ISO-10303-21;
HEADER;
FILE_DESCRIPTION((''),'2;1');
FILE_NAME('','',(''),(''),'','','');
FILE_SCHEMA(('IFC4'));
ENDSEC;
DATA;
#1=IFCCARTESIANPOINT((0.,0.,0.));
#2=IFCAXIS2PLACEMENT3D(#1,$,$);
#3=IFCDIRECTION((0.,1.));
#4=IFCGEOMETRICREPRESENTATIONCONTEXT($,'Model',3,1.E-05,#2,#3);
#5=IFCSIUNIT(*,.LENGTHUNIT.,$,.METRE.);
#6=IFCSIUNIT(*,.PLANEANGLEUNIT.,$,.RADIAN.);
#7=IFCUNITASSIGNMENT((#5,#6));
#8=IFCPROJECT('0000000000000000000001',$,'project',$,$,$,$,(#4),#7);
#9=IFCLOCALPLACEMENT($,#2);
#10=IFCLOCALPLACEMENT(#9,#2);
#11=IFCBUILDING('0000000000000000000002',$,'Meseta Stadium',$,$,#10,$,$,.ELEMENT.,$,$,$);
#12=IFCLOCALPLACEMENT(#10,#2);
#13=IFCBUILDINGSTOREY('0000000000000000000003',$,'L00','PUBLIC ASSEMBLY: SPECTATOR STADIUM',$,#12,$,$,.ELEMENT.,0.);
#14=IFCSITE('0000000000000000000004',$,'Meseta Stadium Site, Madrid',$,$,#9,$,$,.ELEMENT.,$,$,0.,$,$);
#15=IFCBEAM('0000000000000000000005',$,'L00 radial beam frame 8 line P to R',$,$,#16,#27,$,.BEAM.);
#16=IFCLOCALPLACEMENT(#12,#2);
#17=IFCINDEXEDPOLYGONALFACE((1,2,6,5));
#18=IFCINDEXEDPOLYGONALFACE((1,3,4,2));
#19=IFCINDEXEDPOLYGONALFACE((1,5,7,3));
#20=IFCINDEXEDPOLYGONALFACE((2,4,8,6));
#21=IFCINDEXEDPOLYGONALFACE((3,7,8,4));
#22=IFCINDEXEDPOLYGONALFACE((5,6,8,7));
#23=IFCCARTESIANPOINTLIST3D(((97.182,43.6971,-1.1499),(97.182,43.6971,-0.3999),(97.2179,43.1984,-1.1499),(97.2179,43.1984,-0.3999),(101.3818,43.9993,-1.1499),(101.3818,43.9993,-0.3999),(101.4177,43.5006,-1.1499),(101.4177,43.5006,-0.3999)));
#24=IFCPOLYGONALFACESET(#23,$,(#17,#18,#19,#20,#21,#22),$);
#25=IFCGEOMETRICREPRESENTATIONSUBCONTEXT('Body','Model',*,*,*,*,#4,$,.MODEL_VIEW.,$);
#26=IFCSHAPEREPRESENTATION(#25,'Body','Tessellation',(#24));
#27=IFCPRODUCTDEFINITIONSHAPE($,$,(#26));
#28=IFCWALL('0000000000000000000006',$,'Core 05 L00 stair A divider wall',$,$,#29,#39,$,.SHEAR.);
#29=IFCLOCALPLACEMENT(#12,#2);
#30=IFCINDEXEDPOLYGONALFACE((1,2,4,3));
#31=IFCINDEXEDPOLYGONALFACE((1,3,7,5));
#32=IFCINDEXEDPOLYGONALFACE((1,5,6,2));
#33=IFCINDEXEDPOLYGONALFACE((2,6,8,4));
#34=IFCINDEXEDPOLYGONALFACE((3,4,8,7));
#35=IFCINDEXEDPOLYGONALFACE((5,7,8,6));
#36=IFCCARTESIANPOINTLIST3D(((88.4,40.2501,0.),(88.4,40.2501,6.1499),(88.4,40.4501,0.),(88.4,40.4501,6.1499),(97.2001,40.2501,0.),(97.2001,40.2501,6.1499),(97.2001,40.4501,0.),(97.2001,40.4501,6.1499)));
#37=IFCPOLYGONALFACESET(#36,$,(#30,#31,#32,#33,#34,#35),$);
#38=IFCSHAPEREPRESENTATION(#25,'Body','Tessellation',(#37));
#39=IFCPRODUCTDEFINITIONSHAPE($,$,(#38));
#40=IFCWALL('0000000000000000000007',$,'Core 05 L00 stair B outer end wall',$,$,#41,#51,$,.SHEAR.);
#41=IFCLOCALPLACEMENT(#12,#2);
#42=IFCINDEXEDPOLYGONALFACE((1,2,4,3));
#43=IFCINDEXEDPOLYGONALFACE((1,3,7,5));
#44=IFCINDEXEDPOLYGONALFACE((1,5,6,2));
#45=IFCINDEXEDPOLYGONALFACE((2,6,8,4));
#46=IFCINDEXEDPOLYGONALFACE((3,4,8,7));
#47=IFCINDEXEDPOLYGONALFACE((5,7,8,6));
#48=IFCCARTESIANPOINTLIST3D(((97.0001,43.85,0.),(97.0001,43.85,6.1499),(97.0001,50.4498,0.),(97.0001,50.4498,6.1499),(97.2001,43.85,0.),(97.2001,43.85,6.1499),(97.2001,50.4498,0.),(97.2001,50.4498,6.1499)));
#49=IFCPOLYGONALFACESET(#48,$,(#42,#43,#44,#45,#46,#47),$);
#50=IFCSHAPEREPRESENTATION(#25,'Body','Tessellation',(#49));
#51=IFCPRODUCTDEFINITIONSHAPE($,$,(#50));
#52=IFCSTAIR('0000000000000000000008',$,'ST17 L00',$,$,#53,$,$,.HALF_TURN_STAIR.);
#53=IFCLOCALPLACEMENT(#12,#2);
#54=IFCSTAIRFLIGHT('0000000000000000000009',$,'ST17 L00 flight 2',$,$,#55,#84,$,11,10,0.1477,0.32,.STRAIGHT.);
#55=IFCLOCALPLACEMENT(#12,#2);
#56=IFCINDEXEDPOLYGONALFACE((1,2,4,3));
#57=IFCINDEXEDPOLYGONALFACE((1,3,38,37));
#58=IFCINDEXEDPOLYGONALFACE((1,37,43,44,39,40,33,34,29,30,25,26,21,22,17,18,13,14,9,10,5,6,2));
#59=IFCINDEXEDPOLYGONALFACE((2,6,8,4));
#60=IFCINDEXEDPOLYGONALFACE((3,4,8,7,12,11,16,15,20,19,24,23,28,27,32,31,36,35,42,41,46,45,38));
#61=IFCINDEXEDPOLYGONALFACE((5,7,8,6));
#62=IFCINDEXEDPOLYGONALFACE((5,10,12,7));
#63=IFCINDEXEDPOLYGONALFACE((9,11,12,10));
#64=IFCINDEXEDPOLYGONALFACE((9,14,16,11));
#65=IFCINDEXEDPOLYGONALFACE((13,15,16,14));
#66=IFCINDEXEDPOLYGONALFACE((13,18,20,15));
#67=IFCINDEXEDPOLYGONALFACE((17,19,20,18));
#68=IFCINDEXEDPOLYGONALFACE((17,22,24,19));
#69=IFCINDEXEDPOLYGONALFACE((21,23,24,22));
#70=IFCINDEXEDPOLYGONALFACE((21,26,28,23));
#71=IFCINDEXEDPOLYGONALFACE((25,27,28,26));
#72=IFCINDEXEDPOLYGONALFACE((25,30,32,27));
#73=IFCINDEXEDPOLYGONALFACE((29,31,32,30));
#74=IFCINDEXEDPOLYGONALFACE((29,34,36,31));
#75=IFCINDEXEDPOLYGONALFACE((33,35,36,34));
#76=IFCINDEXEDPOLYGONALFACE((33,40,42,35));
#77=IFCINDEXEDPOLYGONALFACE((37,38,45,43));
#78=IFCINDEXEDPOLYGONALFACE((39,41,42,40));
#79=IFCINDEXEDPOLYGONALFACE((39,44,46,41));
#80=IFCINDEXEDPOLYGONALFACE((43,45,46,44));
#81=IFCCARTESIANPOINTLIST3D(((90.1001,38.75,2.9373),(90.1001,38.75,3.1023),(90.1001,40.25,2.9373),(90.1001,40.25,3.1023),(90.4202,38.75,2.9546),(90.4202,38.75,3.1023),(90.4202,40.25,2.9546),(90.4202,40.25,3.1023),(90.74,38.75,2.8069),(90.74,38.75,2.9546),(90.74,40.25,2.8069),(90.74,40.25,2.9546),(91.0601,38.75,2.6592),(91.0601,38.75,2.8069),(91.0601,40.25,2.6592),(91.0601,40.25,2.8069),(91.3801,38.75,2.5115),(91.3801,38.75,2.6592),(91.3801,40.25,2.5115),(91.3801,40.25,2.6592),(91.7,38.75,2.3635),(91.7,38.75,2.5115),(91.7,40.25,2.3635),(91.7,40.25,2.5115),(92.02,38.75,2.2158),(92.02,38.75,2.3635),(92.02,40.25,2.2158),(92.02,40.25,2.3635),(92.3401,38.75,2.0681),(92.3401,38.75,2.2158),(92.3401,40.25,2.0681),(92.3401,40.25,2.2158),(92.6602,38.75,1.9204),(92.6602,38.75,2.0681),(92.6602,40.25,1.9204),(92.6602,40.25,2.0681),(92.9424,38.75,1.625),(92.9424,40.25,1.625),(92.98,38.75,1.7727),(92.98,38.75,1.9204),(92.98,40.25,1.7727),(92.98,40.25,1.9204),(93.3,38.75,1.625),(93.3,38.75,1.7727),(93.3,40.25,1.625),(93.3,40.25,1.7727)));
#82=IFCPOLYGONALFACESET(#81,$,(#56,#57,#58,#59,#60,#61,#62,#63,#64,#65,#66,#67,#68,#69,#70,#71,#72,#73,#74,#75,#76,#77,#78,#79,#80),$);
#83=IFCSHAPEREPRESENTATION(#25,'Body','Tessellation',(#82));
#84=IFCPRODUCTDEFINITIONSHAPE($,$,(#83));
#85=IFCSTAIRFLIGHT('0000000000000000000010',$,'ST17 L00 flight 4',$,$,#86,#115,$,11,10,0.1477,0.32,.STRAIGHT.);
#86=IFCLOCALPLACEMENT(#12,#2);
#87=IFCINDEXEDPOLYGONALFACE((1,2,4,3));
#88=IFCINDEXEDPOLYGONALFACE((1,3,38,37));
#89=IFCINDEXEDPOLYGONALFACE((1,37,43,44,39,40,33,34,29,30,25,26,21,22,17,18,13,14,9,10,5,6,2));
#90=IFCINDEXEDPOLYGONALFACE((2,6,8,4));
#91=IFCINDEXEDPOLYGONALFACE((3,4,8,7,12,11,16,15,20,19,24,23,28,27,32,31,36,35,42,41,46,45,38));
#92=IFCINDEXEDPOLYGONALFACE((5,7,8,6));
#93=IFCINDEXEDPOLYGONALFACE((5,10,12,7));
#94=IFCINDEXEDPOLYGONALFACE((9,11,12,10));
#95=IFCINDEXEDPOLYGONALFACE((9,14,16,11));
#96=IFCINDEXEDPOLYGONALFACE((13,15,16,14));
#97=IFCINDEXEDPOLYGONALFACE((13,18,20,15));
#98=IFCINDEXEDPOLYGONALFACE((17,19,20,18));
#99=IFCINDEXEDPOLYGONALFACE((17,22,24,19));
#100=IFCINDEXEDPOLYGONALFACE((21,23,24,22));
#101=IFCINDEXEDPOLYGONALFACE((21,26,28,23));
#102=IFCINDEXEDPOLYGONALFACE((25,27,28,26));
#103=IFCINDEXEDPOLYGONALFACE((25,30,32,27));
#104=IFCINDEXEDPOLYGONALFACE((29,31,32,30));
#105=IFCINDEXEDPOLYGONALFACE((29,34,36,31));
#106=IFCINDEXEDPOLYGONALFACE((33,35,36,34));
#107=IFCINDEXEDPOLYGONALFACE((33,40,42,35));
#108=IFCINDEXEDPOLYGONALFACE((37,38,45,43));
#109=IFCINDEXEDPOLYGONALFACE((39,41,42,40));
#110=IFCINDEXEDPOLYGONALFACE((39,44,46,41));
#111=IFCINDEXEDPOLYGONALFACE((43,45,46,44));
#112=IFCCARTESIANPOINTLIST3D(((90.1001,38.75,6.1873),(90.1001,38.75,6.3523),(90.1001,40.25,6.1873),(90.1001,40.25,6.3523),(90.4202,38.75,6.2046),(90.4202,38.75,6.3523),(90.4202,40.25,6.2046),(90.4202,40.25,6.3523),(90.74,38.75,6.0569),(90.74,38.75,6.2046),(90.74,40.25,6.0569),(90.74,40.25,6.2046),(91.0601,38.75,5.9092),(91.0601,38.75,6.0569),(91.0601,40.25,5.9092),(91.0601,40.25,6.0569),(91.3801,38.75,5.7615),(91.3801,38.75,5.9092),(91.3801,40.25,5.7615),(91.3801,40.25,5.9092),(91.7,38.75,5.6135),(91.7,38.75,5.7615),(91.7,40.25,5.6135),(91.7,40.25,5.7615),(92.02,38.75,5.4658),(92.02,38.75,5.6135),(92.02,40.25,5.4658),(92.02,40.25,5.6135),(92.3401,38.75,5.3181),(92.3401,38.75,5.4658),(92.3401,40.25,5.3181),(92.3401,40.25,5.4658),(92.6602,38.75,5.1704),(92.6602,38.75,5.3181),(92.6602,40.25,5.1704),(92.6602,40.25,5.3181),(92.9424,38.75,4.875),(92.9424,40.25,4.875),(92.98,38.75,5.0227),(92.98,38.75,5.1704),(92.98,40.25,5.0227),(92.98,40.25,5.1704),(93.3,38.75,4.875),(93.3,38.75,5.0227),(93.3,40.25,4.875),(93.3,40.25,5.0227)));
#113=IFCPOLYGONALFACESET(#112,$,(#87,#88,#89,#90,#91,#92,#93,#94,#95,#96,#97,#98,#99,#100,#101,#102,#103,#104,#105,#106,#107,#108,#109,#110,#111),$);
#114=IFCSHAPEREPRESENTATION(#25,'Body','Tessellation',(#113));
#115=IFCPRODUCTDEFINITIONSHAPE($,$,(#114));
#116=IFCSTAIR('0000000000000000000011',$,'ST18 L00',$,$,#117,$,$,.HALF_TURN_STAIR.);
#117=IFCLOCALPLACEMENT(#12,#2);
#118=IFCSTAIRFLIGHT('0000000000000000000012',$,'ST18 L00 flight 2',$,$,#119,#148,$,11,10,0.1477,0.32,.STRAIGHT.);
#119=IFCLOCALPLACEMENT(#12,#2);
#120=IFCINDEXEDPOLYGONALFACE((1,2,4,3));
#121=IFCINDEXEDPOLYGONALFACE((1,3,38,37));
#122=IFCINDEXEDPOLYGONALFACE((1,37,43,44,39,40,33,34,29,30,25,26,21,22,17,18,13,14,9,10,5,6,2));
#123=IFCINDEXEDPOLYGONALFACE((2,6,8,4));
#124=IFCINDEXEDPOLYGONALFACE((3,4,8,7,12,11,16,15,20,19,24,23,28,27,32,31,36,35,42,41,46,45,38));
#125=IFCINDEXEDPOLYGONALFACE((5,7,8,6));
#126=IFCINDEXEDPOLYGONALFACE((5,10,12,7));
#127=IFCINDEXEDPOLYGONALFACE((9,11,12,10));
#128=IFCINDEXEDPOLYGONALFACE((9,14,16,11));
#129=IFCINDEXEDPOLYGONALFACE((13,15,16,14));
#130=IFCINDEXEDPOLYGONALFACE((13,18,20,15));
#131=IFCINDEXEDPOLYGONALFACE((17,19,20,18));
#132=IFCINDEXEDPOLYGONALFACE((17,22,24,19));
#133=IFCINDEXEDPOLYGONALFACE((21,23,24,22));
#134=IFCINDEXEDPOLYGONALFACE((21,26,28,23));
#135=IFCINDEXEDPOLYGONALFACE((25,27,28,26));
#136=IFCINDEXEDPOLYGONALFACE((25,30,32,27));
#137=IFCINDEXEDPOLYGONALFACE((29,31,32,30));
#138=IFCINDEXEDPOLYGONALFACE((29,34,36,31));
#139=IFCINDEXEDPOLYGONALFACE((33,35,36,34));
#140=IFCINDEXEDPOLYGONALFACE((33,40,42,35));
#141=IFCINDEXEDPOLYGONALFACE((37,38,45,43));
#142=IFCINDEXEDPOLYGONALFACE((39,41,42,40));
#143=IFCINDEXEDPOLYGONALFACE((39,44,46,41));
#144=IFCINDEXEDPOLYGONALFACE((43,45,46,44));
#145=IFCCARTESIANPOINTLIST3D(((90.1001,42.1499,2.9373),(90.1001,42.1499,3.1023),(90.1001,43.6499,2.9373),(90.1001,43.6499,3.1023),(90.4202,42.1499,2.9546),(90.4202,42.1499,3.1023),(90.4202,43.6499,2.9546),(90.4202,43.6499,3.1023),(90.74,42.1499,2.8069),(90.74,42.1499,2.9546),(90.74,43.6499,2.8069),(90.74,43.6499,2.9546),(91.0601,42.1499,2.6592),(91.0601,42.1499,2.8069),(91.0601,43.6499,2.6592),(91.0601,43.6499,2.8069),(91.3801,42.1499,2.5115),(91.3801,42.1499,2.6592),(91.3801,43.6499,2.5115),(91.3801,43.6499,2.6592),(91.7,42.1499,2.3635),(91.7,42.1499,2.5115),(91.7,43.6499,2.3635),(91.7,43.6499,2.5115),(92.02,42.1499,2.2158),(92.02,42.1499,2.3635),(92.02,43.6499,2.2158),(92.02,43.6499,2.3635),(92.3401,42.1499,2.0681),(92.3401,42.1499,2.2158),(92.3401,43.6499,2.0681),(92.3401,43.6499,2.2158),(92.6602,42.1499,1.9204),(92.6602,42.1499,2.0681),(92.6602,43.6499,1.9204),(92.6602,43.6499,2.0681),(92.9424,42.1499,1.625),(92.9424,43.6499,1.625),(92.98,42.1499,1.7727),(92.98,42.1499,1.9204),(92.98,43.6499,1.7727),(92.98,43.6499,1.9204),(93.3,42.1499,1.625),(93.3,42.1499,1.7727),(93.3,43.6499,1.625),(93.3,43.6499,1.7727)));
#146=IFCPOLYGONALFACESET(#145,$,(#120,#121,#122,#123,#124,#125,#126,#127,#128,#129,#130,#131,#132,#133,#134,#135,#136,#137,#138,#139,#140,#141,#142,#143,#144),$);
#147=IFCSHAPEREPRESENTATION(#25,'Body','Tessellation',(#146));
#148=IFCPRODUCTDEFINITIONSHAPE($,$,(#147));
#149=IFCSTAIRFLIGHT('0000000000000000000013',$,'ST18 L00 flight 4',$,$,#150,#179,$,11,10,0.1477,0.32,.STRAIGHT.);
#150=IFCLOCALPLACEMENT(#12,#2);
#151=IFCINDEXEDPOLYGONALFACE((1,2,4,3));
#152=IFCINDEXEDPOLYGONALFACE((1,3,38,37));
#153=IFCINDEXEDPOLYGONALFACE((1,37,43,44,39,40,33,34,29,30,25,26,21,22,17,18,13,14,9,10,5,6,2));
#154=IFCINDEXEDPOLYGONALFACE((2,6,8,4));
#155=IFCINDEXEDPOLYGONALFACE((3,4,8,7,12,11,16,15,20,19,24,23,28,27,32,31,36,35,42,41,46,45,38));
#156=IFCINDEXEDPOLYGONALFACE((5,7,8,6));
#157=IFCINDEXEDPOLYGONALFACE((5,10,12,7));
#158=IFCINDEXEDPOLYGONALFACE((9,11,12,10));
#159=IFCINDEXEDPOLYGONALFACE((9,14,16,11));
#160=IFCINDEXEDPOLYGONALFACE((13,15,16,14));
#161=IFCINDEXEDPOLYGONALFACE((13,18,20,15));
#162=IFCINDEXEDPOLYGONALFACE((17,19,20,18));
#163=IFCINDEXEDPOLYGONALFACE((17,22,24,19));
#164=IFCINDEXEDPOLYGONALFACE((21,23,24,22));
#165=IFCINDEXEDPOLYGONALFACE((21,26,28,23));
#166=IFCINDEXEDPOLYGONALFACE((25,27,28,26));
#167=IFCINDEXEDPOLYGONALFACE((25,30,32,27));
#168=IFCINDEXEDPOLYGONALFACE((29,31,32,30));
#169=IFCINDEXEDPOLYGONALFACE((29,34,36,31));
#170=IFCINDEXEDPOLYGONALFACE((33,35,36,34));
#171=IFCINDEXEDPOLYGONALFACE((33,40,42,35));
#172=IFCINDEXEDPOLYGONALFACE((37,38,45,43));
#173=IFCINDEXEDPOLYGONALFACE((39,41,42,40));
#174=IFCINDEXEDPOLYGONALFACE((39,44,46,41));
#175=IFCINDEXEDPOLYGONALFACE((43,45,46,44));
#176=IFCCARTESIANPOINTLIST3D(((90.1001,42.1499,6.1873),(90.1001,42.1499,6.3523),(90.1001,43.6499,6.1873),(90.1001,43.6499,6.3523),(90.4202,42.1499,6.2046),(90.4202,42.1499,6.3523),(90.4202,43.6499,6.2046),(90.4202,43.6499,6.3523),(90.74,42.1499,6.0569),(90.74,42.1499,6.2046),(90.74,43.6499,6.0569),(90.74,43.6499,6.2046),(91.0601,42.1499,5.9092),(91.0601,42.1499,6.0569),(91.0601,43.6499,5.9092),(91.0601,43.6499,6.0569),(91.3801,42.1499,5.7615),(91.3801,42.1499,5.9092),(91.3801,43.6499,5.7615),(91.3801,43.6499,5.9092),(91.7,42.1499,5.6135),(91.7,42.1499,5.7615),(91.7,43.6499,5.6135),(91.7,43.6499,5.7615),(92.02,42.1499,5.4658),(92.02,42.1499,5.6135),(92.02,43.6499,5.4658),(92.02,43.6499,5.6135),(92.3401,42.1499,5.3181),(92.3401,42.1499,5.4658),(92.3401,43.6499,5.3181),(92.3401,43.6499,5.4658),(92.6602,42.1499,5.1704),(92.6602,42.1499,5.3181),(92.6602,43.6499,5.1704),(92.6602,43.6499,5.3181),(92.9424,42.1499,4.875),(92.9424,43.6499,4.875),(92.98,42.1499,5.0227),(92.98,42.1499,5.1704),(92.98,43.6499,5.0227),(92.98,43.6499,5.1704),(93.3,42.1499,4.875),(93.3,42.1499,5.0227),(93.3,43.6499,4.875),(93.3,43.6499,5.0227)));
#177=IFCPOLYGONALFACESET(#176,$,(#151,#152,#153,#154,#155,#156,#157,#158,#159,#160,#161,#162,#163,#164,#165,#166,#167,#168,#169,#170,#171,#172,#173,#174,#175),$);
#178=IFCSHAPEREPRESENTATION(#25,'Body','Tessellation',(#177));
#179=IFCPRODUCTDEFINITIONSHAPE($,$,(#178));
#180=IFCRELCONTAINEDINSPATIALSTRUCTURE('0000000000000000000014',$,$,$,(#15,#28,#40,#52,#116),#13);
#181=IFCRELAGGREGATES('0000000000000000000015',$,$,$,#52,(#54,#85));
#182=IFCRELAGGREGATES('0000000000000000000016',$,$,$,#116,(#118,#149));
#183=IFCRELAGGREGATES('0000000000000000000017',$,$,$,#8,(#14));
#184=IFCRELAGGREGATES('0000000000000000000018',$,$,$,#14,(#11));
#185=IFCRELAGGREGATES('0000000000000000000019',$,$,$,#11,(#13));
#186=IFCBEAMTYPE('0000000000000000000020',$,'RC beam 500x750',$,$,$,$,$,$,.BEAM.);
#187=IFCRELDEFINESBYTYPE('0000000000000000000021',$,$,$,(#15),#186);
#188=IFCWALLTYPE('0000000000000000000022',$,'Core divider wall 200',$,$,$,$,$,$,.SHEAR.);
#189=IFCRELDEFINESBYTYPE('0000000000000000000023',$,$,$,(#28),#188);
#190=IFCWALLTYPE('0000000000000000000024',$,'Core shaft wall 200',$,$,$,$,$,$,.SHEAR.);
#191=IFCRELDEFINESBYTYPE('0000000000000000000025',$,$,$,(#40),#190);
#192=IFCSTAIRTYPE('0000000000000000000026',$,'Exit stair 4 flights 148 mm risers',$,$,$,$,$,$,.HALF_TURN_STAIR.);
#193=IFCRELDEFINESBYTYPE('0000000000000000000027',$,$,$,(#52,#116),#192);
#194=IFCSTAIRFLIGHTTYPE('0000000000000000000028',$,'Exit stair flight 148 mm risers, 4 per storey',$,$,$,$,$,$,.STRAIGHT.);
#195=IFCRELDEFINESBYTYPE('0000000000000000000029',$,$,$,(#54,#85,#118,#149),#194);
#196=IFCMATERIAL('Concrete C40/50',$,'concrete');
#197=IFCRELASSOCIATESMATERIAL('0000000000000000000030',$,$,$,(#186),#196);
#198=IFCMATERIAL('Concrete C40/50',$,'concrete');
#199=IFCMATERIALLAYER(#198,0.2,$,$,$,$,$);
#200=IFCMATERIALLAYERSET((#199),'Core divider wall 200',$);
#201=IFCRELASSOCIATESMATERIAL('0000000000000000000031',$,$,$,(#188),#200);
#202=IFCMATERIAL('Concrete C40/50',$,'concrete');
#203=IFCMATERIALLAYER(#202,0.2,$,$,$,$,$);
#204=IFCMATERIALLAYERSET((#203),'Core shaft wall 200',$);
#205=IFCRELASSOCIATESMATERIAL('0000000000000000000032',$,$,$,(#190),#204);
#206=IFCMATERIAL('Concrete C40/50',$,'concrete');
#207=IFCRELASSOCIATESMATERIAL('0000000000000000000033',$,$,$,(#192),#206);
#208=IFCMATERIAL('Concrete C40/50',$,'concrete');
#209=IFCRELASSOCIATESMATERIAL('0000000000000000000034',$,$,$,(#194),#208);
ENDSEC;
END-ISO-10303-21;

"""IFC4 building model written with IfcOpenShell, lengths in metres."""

from ifc_helpers import new_model, si_unit, direction, frame, frame_2d, origin, origin_2d, place, context, subcontext, project, spatial, polyline, rectangle, outline, extrude, material, layer, layer_set, material_profile, profile_set, type_object, element, aggregate, save


model = new_model("IFC4")

# Units and contexts
model_context = context("Model", 3, precision=1e-05, world=origin(), true_north=direction((0.0, 1.0)))
body_context = subcontext(model_context, "Body", "Model", "MODEL_VIEW")
ifc_project = project(units=[si_unit("LENGTHUNIT", "METRE"), si_unit("PLANEANGLEUNIT", "RADIAN")], contexts=[model_context])

# Site, building, storey
site_placement = place(None, origin())
site = spatial("IfcSite", under=ifc_project, at=site_placement, Name="Meseta Stadium Site, Madrid", CompositionType="ELEMENT", RefElevation=0.0)
building_placement = place(site_placement, origin())
building = spatial("IfcBuilding", under=site, at=building_placement, Name="Meseta Stadium", CompositionType="ELEMENT")
storey_placement = place(building_placement, origin())
storey = spatial("IfcBuildingStorey", under=building, at=storey_placement, Name="L00", Description="PUBLIC ASSEMBLY: SPECTATOR STADIUM", CompositionType="ELEMENT", Elevation=0.0)

# Beam
ifc_material_1 = material(Name="Concrete C40/50", Category="concrete")
ifc_material_profile = material_profile(ifc_material_1, rectangle(XDim=0.5, YDim=0.75, at=origin_2d()), Name="RC 500x750")
ifc_profile_set = profile_set([ifc_material_profile], Name="Concrete C40/50")
beam_type = type_object("IfcBeamType", Name="RC beam 500x750", PredefinedType="BEAM", material=ifc_profile_set)
beam_placement = place(storey_placement, frame((97.2, 43.4478, -0.7749), z_axis=(0.997421, 0.071779, 0.0), x_axis=(-0.071779, 0.997421, 0.0)))
element("IfcBeam", 1, at=beam_placement, inside=storey, type_object=beam_type, Name="L00 radial beam frame 8 line P to R", PredefinedType="BEAM", context=body_context, shape_type="SweptSolid", body=[
    extrude(rectangle(XDim=0.5, YDim=0.75, at=origin_2d()), origin(), (0.0, 0.0, 1.0), 4.2107),
])

# Walls
ifc_material_2 = material(Name="Concrete C40/50", Category="concrete")
ifc_layer_1 = layer(ifc_material_2, 0.2)
ifc_layer_set_1 = layer_set([ifc_layer_1], Name="Core divider wall 200")
wall_type_1 = type_object("IfcWallType", Name="Core divider wall 200", PredefinedType="SHEAR", material=ifc_layer_set_1)
wall_1_placement = place(storey_placement, frame((97.2, 40.3501, 0.0), z_axis=(0.0, 0.0, 1.0), x_axis=(-1.0, 0.0, 0.0)))
element("IfcWall", 2, at=wall_1_placement, inside=storey, type_object=wall_type_1, Name="Core 05 L00 stair A divider wall", PredefinedType="SHEAR", context=body_context, shape_type="SweptSolid", body=[
    extrude(rectangle(XDim=8.8, YDim=0.2, at=frame_2d((4.3999, 0.0))), origin(), (0.0, 0.0, 1.0), 6.1499),
])
ifc_material_3 = material(Name="Concrete C40/50", Category="concrete")
ifc_layer_2 = layer(ifc_material_3, 0.2)
ifc_layer_set_2 = layer_set([ifc_layer_2], Name="Core shaft wall 200")
wall_type_2 = type_object("IfcWallType", Name="Core shaft wall 200", PredefinedType="SHEAR", material=ifc_layer_set_2)
wall_2_placement = place(storey_placement, frame((97.1001, 43.8501, 0.0), z_axis=(0.0, 0.0, 1.0), x_axis=(0.0, 1.0, 0.0)))
element("IfcWall", 3, at=wall_2_placement, inside=storey, type_object=wall_type_2, Name="Core 05 L00 stair B outer end wall", PredefinedType="SHEAR", context=body_context, shape_type="SweptSolid", body=[
    extrude(rectangle(XDim=6.5999, YDim=0.2, at=frame_2d((3.2998, 0.0))), origin(), (0.0, 0.0, 1.0), 6.1499),
])

# Stairs, stair flights
ifc_material_4 = material(Name="Concrete C40/50", Category="concrete")
stair_type = type_object("IfcStairType", Name="Exit stair 4 flights 148 mm risers", PredefinedType="HALF_TURN_STAIR", material=ifc_material_4)
stair_1_placement = place(storey_placement, origin())
stair_1 = element("IfcStair", 4, at=stair_1_placement, inside=storey, type_object=stair_type, Name="ST17 L00", PredefinedType="HALF_TURN_STAIR")
ifc_material_5 = material(Name="Concrete C40/50", Category="concrete")
stair_flight_type = type_object("IfcStairFlightType", Name="Exit stair flight 148 mm risers, 4 per storey", PredefinedType="STRAIGHT", material=ifc_material_5)
stair_flight_1_placement = place(storey_placement, frame((93.3, 39.5, 1.625), z_axis=(0.0, 0.0, 1.0), x_axis=(-1.0, 0.0, 0.0)))
stair_flight_1 = element("IfcStairFlight", 5, at=stair_flight_1_placement, type_object=stair_flight_type, Name="ST17 L00 flight 2", NumberOfRisers=11, NumberOfTreads=10, PredefinedType="STRAIGHT", RiserHeight=0.1477, TreadLength=0.32, context=body_context, shape_type="SweptSolid", body=[
    extrude(outline(polyline([(0.0, 0.0), (0.0, 0.1477), (0.3201, 0.1477), (0.3201, 0.2954), (0.6399, 0.2954), (0.6399, 0.4431), (0.96, 0.4431), (0.96, 0.5908), (1.28, 0.5908), (1.28, 0.7385), (1.6001, 0.7385), (1.6001, 0.8865), (1.9199, 0.8865), (1.9199, 1.0342), (2.24, 1.0342), (2.24, 1.1819), (2.5601, 1.1819), (2.5601, 1.3296), (2.8799, 1.3296), (2.8799, 1.4773), (3.2, 1.4773), (3.2, 1.3123), (0.3577, 0.0), (0.0, 0.0)])), frame((0.0, 0.75, 0.0), z_axis=(0.0, -1.0, 0.0), x_axis=(1.0, 0.0, 0.0)), (0.0, 0.0, 1.0), 1.5),
])
stair_flight_2_placement = place(storey_placement, frame((93.3, 39.5, 4.875), z_axis=(0.0, 0.0, 1.0), x_axis=(-1.0, 0.0, 0.0)))
stair_flight_2 = element("IfcStairFlight", 6, at=stair_flight_2_placement, type_object=stair_flight_type, Name="ST17 L00 flight 4", NumberOfRisers=11, NumberOfTreads=10, PredefinedType="STRAIGHT", RiserHeight=0.1477, TreadLength=0.32, context=body_context, shape_type="SweptSolid", body=[
    extrude(outline(polyline([(0.0, 0.0), (0.0, 0.1477), (0.3201, 0.1477), (0.3201, 0.2954), (0.6399, 0.2954), (0.6399, 0.4431), (0.96, 0.4431), (0.96, 0.5908), (1.28, 0.5908), (1.28, 0.7385), (1.6001, 0.7385), (1.6001, 0.8865), (1.9199, 0.8865), (1.9199, 1.0342), (2.24, 1.0342), (2.24, 1.1819), (2.5601, 1.1819), (2.5601, 1.3296), (2.8799, 1.3296), (2.8799, 1.4773), (3.2, 1.4773), (3.2, 1.3123), (0.3577, 0.0), (0.0, 0.0)])), frame((0.0, 0.75, 0.0), z_axis=(0.0, -1.0, 0.0), x_axis=(1.0, 0.0, 0.0)), (0.0, 0.0, 1.0), 1.5),
])
aggregate(stair_1, [stair_flight_1, stair_flight_2])
stair_2_placement = place(storey_placement, origin())
stair_2 = element("IfcStair", 7, at=stair_2_placement, inside=storey, type_object=stair_type, Name="ST18 L00", PredefinedType="HALF_TURN_STAIR")
stair_flight_3_placement = place(storey_placement, frame((93.3, 42.8999, 1.625), z_axis=(0.0, 0.0, 1.0), x_axis=(-1.0, 0.0, 0.0)))
stair_flight_3 = element("IfcStairFlight", 8, at=stair_flight_3_placement, type_object=stair_flight_type, Name="ST18 L00 flight 2", NumberOfRisers=11, NumberOfTreads=10, PredefinedType="STRAIGHT", RiserHeight=0.1477, TreadLength=0.32, context=body_context, shape_type="SweptSolid", body=[
    extrude(outline(polyline([(0.0, 0.0), (0.0, 0.1477), (0.3201, 0.1477), (0.3201, 0.2954), (0.6399, 0.2954), (0.6399, 0.4431), (0.96, 0.4431), (0.96, 0.5908), (1.28, 0.5908), (1.28, 0.7385), (1.6001, 0.7385), (1.6001, 0.8865), (1.9199, 0.8865), (1.9199, 1.0342), (2.24, 1.0342), (2.24, 1.1819), (2.5601, 1.1819), (2.5601, 1.3296), (2.8799, 1.3296), (2.8799, 1.4773), (3.2, 1.4773), (3.2, 1.3123), (0.3577, 0.0), (0.0, 0.0)])), frame((0.0, 0.75, 0.0), z_axis=(0.0, -1.0, 0.0), x_axis=(1.0, 0.0, 0.0)), (0.0, 0.0, 1.0), 1.5),
])
stair_flight_4_placement = place(storey_placement, frame((93.3, 42.8999, 4.875), z_axis=(0.0, 0.0, 1.0), x_axis=(-1.0, 0.0, 0.0)))
stair_flight_4 = element("IfcStairFlight", 9, at=stair_flight_4_placement, type_object=stair_flight_type, Name="ST18 L00 flight 4", NumberOfRisers=11, NumberOfTreads=10, PredefinedType="STRAIGHT", RiserHeight=0.1477, TreadLength=0.32, context=body_context, shape_type="SweptSolid", body=[
    extrude(outline(polyline([(0.0, 0.0), (0.0, 0.1477), (0.3201, 0.1477), (0.3201, 0.2954), (0.6399, 0.2954), (0.6399, 0.4431), (0.96, 0.4431), (0.96, 0.5908), (1.28, 0.5908), (1.28, 0.7385), (1.6001, 0.7385), (1.6001, 0.8865), (1.9199, 0.8865), (1.9199, 1.0342), (2.24, 1.0342), (2.24, 1.1819), (2.5601, 1.1819), (2.5601, 1.3296), (2.8799, 1.3296), (2.8799, 1.4773), (3.2, 1.4773), (3.2, 1.3123), (0.3577, 0.0), (0.0, 0.0)])), frame((0.0, 0.75, 0.0), z_axis=(0.0, -1.0, 0.0), x_axis=(1.0, 0.0, 0.0)), (0.0, 0.0, 1.0), 1.5),
])
aggregate(stair_2, [stair_flight_3, stair_flight_4])

save(model, "model.ifc")
